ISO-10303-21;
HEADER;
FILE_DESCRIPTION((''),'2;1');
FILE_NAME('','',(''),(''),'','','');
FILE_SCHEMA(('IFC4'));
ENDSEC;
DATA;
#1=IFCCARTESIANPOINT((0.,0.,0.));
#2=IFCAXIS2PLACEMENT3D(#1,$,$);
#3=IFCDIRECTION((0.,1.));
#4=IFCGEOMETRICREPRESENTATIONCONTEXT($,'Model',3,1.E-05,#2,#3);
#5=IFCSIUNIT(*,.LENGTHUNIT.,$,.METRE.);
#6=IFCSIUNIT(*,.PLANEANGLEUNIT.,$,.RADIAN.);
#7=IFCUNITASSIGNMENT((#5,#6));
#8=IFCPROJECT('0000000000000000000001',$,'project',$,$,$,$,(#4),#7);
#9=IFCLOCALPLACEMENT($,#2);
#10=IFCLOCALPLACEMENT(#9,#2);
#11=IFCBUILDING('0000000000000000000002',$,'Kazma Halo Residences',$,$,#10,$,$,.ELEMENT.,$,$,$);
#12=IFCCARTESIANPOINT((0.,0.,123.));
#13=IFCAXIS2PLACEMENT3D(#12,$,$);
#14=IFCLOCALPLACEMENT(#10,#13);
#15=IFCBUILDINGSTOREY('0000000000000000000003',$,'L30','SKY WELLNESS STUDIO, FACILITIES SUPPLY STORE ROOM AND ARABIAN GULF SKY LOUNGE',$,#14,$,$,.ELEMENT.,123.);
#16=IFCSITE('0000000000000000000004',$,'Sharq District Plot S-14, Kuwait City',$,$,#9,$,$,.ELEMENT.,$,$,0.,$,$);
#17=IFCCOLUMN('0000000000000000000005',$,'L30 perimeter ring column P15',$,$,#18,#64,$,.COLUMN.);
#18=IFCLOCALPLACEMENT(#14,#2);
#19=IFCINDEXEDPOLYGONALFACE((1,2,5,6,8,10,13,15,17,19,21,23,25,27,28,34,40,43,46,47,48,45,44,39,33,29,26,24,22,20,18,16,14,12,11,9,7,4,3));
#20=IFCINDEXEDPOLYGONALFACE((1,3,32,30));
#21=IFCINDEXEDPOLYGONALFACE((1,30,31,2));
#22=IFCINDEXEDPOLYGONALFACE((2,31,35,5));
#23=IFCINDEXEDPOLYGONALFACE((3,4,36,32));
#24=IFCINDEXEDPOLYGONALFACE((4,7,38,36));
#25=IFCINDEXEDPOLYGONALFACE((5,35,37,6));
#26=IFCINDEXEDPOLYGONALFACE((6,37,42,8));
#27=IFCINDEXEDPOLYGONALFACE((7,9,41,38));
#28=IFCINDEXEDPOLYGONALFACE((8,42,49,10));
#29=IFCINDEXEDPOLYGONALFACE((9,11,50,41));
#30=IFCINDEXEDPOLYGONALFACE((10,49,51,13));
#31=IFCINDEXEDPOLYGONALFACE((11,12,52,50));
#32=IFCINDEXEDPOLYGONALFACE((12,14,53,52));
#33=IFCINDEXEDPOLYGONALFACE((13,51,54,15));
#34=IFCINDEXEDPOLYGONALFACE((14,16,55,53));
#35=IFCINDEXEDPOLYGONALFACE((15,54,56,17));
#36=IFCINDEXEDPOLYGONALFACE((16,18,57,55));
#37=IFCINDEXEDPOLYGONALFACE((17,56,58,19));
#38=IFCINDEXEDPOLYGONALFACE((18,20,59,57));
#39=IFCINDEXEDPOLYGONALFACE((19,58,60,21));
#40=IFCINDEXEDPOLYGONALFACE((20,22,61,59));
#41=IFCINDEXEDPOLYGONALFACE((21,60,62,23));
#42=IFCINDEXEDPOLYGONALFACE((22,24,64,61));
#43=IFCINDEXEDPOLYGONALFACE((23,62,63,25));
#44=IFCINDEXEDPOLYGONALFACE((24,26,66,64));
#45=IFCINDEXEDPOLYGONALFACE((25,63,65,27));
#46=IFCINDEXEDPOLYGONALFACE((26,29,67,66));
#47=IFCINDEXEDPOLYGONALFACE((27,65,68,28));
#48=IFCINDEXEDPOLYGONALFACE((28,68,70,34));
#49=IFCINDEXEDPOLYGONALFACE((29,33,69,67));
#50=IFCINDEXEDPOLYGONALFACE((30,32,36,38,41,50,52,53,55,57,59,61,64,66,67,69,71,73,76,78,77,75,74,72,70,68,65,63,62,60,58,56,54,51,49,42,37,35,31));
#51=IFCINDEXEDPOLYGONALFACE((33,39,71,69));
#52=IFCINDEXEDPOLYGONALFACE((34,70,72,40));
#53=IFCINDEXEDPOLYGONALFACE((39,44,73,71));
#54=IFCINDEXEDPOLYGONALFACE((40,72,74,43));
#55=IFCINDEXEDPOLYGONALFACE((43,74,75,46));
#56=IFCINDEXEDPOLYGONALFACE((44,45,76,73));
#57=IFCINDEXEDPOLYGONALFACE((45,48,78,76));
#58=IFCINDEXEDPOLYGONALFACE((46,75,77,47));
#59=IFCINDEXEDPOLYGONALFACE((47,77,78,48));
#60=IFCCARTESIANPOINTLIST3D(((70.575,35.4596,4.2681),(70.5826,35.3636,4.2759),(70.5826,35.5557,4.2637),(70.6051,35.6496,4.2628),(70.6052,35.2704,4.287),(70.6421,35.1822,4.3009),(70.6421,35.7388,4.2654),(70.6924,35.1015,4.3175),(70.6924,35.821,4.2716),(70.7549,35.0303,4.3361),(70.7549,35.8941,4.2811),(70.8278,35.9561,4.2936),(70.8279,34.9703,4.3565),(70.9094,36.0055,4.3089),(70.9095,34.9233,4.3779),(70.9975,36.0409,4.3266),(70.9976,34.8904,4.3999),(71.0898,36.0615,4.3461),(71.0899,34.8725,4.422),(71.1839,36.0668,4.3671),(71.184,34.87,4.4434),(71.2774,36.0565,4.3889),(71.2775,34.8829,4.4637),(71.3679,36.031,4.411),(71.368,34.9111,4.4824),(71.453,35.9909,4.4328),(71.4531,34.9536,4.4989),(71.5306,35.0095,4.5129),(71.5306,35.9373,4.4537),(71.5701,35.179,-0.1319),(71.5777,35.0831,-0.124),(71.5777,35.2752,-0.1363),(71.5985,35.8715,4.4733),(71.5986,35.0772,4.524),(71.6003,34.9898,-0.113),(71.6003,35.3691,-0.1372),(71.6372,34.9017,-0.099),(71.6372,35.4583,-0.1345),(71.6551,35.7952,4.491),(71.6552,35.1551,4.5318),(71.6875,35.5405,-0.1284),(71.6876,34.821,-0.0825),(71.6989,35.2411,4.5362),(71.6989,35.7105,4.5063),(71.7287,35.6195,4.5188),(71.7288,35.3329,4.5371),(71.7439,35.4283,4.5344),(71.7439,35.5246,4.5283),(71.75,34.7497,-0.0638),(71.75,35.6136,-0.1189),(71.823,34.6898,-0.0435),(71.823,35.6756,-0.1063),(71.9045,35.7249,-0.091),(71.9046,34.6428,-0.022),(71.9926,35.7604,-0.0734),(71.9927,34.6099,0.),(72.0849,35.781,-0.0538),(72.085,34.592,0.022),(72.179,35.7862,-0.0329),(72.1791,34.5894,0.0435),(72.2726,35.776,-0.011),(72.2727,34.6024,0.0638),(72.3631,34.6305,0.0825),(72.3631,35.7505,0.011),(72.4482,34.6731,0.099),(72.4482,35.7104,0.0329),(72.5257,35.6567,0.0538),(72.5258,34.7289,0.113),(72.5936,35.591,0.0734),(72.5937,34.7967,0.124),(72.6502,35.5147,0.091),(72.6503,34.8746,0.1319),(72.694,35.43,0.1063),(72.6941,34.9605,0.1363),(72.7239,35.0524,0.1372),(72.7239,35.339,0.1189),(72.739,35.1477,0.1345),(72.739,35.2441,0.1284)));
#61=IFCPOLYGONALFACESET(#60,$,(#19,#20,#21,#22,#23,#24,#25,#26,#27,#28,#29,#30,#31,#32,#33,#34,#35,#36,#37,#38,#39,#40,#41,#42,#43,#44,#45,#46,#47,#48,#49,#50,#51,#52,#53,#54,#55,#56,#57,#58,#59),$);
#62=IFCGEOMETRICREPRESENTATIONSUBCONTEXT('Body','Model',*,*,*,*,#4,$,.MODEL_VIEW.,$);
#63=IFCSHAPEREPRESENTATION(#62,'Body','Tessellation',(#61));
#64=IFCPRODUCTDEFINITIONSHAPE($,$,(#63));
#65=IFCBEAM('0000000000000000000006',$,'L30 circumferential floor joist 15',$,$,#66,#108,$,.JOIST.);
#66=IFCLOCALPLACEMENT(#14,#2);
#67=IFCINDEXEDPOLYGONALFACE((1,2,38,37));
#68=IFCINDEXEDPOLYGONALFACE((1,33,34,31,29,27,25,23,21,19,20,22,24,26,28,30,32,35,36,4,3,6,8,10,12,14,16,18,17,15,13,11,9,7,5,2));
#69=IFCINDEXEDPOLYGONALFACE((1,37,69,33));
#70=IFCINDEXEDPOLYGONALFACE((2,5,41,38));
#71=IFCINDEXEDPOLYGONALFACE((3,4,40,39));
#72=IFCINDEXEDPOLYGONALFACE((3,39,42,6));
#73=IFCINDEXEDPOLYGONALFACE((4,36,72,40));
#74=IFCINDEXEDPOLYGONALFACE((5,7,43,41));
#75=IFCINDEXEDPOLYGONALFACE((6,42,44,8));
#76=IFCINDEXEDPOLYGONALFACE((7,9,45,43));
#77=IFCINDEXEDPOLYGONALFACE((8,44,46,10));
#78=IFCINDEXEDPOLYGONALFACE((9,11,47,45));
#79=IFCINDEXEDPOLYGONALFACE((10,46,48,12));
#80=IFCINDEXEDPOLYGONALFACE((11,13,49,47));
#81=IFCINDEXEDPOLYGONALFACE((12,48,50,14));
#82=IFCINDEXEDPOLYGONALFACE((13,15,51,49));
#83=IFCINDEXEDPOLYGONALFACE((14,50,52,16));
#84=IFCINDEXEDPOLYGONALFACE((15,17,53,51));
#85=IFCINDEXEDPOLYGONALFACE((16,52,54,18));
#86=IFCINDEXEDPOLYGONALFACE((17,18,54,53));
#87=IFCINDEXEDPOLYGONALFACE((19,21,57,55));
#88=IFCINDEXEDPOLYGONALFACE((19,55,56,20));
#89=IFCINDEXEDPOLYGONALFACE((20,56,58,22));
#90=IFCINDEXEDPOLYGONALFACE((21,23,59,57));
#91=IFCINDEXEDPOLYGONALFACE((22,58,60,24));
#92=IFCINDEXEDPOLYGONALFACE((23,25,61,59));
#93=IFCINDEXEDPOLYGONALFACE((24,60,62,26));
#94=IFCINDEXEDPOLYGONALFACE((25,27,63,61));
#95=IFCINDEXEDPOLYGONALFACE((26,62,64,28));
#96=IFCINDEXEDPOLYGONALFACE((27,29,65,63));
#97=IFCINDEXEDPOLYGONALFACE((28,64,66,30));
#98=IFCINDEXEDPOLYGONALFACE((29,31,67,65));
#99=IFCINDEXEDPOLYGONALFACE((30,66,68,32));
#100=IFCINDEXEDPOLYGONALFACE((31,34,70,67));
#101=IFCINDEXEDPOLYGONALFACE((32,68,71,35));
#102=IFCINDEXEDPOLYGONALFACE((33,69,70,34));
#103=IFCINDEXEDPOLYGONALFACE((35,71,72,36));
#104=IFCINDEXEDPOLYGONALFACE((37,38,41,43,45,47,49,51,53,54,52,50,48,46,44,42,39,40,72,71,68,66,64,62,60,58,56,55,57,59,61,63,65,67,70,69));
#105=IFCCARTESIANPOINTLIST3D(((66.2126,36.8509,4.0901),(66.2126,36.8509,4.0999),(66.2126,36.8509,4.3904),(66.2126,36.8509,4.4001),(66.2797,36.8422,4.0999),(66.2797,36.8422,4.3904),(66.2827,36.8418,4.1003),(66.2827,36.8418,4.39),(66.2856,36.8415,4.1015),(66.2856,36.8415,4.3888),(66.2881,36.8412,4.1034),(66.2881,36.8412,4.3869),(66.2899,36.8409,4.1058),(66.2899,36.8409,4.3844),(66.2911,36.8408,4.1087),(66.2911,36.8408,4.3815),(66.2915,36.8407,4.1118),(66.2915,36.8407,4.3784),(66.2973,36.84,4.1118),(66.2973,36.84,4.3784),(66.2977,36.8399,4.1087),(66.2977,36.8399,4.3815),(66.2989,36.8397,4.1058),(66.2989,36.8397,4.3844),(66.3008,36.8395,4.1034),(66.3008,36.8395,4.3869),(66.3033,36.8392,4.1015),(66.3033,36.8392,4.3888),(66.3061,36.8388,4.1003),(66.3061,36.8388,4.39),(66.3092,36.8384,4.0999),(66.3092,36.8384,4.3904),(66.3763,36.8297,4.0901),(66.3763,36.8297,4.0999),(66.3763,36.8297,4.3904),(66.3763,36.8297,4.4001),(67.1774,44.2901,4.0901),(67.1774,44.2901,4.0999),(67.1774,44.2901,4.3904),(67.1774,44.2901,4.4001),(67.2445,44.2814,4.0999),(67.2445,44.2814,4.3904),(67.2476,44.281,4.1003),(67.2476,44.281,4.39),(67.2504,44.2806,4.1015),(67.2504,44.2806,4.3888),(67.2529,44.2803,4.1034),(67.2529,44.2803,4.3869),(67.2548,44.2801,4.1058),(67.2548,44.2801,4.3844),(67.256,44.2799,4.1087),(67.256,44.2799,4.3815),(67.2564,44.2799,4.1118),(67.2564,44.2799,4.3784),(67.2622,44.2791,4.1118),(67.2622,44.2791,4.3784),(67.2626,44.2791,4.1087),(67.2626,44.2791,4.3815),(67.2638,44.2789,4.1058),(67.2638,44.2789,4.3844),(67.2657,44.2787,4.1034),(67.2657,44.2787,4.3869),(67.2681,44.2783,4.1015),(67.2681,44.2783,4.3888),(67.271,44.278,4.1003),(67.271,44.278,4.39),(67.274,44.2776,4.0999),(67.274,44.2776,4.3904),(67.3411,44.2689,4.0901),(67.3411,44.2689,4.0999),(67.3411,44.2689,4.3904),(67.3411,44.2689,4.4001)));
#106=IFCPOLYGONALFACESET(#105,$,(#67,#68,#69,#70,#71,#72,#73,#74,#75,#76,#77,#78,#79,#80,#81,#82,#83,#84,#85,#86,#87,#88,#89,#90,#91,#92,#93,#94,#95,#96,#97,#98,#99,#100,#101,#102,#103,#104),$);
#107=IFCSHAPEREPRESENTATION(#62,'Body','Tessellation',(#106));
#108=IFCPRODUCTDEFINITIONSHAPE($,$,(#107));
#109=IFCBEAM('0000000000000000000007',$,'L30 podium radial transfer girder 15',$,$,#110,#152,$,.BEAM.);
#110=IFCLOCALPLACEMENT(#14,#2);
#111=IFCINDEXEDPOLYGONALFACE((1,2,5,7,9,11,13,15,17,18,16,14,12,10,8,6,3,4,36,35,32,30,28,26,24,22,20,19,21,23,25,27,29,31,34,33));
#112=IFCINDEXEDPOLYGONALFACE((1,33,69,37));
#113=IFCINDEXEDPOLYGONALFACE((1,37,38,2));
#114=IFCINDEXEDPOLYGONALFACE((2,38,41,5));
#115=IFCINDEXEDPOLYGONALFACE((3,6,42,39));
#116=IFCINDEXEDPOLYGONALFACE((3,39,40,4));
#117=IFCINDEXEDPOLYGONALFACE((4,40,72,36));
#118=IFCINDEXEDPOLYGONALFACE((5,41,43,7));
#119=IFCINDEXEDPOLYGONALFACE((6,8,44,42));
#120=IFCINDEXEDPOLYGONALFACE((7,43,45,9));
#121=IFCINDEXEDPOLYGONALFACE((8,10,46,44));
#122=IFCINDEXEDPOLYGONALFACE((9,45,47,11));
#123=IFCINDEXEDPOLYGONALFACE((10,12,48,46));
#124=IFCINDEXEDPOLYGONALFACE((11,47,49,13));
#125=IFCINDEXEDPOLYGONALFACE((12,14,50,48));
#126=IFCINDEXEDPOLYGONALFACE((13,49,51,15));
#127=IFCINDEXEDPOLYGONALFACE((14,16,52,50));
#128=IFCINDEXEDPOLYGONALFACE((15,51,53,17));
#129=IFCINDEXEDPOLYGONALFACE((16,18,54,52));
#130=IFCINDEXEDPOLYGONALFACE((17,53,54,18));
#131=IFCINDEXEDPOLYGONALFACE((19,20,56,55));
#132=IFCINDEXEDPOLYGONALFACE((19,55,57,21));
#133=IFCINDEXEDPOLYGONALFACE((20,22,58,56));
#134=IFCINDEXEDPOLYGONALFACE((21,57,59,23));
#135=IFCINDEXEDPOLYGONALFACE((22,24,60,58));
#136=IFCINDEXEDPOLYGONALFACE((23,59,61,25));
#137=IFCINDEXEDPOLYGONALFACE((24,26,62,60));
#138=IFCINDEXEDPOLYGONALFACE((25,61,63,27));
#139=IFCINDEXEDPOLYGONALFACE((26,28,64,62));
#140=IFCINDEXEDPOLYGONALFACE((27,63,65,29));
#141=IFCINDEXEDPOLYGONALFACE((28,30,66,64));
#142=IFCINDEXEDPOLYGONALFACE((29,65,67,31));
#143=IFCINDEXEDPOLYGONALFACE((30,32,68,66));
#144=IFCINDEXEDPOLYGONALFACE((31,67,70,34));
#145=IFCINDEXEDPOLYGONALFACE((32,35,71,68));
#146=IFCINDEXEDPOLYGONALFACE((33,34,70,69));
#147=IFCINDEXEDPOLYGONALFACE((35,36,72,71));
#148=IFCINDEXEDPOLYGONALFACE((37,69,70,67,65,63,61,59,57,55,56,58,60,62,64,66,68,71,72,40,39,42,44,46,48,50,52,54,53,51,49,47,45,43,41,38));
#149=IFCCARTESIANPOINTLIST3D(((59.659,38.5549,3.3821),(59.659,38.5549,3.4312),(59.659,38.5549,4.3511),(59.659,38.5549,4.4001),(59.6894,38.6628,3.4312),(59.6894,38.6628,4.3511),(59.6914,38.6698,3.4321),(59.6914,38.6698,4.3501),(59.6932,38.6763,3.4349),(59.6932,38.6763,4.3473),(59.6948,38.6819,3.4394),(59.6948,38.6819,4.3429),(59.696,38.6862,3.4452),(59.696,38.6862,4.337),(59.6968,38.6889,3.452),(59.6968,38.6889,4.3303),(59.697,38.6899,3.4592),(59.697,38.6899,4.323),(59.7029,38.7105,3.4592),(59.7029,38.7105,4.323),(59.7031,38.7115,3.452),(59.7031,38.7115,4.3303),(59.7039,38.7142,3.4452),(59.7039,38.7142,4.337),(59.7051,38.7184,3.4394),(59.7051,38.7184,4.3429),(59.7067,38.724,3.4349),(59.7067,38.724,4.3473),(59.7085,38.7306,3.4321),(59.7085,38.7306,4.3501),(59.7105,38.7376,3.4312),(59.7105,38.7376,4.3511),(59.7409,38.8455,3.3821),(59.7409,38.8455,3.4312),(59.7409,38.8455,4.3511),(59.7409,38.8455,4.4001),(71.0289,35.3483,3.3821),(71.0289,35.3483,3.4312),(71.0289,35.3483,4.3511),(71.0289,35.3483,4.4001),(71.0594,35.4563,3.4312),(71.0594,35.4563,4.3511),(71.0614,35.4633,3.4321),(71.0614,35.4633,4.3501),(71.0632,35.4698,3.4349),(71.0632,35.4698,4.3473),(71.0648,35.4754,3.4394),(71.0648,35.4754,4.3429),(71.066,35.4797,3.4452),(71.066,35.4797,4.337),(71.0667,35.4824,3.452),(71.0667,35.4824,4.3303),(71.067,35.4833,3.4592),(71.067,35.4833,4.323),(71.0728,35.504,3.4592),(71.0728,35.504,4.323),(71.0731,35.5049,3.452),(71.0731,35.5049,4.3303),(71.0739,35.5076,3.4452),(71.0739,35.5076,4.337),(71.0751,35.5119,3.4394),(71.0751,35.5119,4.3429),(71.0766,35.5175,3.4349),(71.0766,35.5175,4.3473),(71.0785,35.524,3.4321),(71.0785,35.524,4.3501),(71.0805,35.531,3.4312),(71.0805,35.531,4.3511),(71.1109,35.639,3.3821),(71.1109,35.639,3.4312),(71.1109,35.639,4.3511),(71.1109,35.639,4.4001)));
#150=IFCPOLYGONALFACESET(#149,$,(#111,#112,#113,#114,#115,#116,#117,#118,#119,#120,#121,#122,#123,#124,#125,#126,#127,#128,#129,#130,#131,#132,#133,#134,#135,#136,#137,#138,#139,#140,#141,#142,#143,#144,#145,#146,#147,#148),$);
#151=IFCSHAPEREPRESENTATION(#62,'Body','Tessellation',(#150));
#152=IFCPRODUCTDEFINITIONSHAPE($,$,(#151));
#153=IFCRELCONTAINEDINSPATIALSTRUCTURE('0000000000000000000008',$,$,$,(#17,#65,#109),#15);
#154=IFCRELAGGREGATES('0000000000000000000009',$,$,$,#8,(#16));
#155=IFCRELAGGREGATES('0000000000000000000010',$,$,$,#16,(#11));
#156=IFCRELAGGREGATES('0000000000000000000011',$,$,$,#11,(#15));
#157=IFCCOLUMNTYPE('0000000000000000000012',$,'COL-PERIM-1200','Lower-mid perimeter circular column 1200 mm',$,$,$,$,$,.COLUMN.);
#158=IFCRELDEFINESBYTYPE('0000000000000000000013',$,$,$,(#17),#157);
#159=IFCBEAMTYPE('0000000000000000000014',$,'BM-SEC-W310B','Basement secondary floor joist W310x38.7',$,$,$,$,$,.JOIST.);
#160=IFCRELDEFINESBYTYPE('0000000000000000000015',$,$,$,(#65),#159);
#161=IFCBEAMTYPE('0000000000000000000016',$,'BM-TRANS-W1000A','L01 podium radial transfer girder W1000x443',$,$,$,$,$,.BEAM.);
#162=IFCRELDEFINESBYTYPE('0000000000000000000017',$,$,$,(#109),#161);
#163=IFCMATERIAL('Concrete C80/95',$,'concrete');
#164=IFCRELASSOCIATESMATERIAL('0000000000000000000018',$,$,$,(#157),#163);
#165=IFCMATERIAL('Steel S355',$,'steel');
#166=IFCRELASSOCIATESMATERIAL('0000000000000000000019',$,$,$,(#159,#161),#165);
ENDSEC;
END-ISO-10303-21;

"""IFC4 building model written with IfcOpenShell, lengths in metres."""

from ifc_helpers import new_model, si_unit, direction, frame, origin, origin_2d, place, context, subcontext, project, spatial, circle, i_section, extrude, material, material_profile, profile_set, type_object, element, save


model = new_model("IFC4")

# Units and contexts
model_context = context("Model", 3, precision=1e-05, world=origin(), true_north=direction((0.0, 1.0)))
body_context = subcontext(model_context, "Body", "Model", "MODEL_VIEW")
ifc_project = project(units=[si_unit("LENGTHUNIT", "METRE"), si_unit("PLANEANGLEUNIT", "RADIAN")], contexts=[model_context])

# Site, building, storey
site_placement = place(None, origin())
site = spatial("IfcSite", under=ifc_project, at=site_placement, Name="Sharq District Plot S-14, Kuwait City", CompositionType="ELEMENT", RefElevation=0.0)
building_placement = place(site_placement, origin())
building = spatial("IfcBuilding", under=site, at=building_placement, Name="Kazma Halo Residences", CompositionType="ELEMENT")
storey_placement = place(building_placement, frame((0.0, 0.0, 123.0)))
storey = spatial("IfcBuildingStorey", under=building, at=storey_placement, Name="L30", Description="SKY WELLNESS STUDIO, FACILITIES SUPPLY STORE ROOM AND ARABIAN GULF SKY LOUNGE", CompositionType="ELEMENT", Elevation=123.0)

# Column
ifc_material_1 = material(Name="Concrete C80/95", Category="concrete")
ifc_material_profile_1 = material_profile(ifc_material_1, circle(Radius=0.6001, at=origin_2d()), Name="CIRC1200")
ifc_profile_set_1 = profile_set([ifc_material_profile_1], Name="Concrete C80/95")
column_type = type_object("IfcColumnType", Name="COL-PERIM-1200", Description="Lower-mid perimeter circular column 1200 mm", PredefinedType="COLUMN", material=ifc_profile_set_1)
column_placement = place(storey_placement, frame((72.1555, 35.1875, 0.0), z_axis=(-0.220171, 0.062065, 0.973485), x_axis=(-0.27132, -0.962489, 0.0)))
element("IfcColumn", 1, at=column_placement, inside=storey, type_object=column_type, Name="L30 perimeter ring column P15", PredefinedType="COLUMN", context=body_context, shape_type="SweptSolid", body=[
    extrude(circle(Radius=0.6001, at=origin_2d()), origin(), (0.0, 0.0, 1.0), 4.5198),
])

# Beams
ifc_material_2 = material(Name="Steel S355", Category="steel")
ifc_material_profile_2 = material_profile(ifc_material_2, i_section(OverallWidth=0.165, OverallDepth=0.3101, WebThickness=0.0059, FlangeThickness=0.0098, FilletRadius=0.012, at=origin_2d()), Name="W310x38.7")
ifc_profile_set_2 = profile_set([ifc_material_profile_2], Name="Steel S355")
beam_type_1 = type_object("IfcBeamType", Name="BM-SEC-W310B", Description="Basement secondary floor joist W310x38.7", PredefinedType="JOIST", material=ifc_profile_set_2)
beam_1_placement = place(storey_placement, frame((66.2944, 36.8403, 4.2451), z_axis=(0.12862, 0.991694, 0.0), x_axis=(-0.991694, 0.12862, 0.0)))
element("IfcBeam", 2, at=beam_1_placement, inside=storey, type_object=beam_type_1, Name="L30 circumferential floor joist 15", PredefinedType="JOIST", context=body_context, shape_type="SweptSolid", body=[
    extrude(i_section(OverallWidth=0.165, OverallDepth=0.3101, WebThickness=0.0059, FlangeThickness=0.0098, FilletRadius=0.012, at=origin_2d()), origin(), (0.0, 0.0, 1.0), 7.5015),
])
ifc_material_profile_3 = material_profile(ifc_material_2, i_section(OverallWidth=0.302, OverallDepth=1.0181, WebThickness=0.0215, FlangeThickness=0.0491, FilletRadius=0.0281, at=origin_2d()), Name="W1000x443")
ifc_profile_set_3 = profile_set([ifc_material_profile_3], Name="Steel S355")
beam_type_2 = type_object("IfcBeamType", Name="BM-TRANS-W1000A", Description="L01 podium radial transfer girder W1000x443", PredefinedType="BEAM", material=ifc_profile_set_3)
beam_2_placement = place(storey_placement, frame((59.7, 38.7002, 3.8911), z_axis=(0.962457, -0.271433, 0.0), x_axis=(0.271433, 0.962457, 0.0)))
element("IfcBeam", 3, at=beam_2_placement, inside=storey, type_object=beam_type_2, Name="L30 podium radial transfer girder 15", PredefinedType="BEAM", context=body_context, shape_type="SweptSolid", body=[
    extrude(i_section(OverallWidth=0.302, OverallDepth=1.0181, WebThickness=0.0215, FlangeThickness=0.0491, FilletRadius=0.0281, at=origin_2d()), origin(), (0.0, 0.0, 1.0), 11.8135),
])

save(model, "model.ifc")
